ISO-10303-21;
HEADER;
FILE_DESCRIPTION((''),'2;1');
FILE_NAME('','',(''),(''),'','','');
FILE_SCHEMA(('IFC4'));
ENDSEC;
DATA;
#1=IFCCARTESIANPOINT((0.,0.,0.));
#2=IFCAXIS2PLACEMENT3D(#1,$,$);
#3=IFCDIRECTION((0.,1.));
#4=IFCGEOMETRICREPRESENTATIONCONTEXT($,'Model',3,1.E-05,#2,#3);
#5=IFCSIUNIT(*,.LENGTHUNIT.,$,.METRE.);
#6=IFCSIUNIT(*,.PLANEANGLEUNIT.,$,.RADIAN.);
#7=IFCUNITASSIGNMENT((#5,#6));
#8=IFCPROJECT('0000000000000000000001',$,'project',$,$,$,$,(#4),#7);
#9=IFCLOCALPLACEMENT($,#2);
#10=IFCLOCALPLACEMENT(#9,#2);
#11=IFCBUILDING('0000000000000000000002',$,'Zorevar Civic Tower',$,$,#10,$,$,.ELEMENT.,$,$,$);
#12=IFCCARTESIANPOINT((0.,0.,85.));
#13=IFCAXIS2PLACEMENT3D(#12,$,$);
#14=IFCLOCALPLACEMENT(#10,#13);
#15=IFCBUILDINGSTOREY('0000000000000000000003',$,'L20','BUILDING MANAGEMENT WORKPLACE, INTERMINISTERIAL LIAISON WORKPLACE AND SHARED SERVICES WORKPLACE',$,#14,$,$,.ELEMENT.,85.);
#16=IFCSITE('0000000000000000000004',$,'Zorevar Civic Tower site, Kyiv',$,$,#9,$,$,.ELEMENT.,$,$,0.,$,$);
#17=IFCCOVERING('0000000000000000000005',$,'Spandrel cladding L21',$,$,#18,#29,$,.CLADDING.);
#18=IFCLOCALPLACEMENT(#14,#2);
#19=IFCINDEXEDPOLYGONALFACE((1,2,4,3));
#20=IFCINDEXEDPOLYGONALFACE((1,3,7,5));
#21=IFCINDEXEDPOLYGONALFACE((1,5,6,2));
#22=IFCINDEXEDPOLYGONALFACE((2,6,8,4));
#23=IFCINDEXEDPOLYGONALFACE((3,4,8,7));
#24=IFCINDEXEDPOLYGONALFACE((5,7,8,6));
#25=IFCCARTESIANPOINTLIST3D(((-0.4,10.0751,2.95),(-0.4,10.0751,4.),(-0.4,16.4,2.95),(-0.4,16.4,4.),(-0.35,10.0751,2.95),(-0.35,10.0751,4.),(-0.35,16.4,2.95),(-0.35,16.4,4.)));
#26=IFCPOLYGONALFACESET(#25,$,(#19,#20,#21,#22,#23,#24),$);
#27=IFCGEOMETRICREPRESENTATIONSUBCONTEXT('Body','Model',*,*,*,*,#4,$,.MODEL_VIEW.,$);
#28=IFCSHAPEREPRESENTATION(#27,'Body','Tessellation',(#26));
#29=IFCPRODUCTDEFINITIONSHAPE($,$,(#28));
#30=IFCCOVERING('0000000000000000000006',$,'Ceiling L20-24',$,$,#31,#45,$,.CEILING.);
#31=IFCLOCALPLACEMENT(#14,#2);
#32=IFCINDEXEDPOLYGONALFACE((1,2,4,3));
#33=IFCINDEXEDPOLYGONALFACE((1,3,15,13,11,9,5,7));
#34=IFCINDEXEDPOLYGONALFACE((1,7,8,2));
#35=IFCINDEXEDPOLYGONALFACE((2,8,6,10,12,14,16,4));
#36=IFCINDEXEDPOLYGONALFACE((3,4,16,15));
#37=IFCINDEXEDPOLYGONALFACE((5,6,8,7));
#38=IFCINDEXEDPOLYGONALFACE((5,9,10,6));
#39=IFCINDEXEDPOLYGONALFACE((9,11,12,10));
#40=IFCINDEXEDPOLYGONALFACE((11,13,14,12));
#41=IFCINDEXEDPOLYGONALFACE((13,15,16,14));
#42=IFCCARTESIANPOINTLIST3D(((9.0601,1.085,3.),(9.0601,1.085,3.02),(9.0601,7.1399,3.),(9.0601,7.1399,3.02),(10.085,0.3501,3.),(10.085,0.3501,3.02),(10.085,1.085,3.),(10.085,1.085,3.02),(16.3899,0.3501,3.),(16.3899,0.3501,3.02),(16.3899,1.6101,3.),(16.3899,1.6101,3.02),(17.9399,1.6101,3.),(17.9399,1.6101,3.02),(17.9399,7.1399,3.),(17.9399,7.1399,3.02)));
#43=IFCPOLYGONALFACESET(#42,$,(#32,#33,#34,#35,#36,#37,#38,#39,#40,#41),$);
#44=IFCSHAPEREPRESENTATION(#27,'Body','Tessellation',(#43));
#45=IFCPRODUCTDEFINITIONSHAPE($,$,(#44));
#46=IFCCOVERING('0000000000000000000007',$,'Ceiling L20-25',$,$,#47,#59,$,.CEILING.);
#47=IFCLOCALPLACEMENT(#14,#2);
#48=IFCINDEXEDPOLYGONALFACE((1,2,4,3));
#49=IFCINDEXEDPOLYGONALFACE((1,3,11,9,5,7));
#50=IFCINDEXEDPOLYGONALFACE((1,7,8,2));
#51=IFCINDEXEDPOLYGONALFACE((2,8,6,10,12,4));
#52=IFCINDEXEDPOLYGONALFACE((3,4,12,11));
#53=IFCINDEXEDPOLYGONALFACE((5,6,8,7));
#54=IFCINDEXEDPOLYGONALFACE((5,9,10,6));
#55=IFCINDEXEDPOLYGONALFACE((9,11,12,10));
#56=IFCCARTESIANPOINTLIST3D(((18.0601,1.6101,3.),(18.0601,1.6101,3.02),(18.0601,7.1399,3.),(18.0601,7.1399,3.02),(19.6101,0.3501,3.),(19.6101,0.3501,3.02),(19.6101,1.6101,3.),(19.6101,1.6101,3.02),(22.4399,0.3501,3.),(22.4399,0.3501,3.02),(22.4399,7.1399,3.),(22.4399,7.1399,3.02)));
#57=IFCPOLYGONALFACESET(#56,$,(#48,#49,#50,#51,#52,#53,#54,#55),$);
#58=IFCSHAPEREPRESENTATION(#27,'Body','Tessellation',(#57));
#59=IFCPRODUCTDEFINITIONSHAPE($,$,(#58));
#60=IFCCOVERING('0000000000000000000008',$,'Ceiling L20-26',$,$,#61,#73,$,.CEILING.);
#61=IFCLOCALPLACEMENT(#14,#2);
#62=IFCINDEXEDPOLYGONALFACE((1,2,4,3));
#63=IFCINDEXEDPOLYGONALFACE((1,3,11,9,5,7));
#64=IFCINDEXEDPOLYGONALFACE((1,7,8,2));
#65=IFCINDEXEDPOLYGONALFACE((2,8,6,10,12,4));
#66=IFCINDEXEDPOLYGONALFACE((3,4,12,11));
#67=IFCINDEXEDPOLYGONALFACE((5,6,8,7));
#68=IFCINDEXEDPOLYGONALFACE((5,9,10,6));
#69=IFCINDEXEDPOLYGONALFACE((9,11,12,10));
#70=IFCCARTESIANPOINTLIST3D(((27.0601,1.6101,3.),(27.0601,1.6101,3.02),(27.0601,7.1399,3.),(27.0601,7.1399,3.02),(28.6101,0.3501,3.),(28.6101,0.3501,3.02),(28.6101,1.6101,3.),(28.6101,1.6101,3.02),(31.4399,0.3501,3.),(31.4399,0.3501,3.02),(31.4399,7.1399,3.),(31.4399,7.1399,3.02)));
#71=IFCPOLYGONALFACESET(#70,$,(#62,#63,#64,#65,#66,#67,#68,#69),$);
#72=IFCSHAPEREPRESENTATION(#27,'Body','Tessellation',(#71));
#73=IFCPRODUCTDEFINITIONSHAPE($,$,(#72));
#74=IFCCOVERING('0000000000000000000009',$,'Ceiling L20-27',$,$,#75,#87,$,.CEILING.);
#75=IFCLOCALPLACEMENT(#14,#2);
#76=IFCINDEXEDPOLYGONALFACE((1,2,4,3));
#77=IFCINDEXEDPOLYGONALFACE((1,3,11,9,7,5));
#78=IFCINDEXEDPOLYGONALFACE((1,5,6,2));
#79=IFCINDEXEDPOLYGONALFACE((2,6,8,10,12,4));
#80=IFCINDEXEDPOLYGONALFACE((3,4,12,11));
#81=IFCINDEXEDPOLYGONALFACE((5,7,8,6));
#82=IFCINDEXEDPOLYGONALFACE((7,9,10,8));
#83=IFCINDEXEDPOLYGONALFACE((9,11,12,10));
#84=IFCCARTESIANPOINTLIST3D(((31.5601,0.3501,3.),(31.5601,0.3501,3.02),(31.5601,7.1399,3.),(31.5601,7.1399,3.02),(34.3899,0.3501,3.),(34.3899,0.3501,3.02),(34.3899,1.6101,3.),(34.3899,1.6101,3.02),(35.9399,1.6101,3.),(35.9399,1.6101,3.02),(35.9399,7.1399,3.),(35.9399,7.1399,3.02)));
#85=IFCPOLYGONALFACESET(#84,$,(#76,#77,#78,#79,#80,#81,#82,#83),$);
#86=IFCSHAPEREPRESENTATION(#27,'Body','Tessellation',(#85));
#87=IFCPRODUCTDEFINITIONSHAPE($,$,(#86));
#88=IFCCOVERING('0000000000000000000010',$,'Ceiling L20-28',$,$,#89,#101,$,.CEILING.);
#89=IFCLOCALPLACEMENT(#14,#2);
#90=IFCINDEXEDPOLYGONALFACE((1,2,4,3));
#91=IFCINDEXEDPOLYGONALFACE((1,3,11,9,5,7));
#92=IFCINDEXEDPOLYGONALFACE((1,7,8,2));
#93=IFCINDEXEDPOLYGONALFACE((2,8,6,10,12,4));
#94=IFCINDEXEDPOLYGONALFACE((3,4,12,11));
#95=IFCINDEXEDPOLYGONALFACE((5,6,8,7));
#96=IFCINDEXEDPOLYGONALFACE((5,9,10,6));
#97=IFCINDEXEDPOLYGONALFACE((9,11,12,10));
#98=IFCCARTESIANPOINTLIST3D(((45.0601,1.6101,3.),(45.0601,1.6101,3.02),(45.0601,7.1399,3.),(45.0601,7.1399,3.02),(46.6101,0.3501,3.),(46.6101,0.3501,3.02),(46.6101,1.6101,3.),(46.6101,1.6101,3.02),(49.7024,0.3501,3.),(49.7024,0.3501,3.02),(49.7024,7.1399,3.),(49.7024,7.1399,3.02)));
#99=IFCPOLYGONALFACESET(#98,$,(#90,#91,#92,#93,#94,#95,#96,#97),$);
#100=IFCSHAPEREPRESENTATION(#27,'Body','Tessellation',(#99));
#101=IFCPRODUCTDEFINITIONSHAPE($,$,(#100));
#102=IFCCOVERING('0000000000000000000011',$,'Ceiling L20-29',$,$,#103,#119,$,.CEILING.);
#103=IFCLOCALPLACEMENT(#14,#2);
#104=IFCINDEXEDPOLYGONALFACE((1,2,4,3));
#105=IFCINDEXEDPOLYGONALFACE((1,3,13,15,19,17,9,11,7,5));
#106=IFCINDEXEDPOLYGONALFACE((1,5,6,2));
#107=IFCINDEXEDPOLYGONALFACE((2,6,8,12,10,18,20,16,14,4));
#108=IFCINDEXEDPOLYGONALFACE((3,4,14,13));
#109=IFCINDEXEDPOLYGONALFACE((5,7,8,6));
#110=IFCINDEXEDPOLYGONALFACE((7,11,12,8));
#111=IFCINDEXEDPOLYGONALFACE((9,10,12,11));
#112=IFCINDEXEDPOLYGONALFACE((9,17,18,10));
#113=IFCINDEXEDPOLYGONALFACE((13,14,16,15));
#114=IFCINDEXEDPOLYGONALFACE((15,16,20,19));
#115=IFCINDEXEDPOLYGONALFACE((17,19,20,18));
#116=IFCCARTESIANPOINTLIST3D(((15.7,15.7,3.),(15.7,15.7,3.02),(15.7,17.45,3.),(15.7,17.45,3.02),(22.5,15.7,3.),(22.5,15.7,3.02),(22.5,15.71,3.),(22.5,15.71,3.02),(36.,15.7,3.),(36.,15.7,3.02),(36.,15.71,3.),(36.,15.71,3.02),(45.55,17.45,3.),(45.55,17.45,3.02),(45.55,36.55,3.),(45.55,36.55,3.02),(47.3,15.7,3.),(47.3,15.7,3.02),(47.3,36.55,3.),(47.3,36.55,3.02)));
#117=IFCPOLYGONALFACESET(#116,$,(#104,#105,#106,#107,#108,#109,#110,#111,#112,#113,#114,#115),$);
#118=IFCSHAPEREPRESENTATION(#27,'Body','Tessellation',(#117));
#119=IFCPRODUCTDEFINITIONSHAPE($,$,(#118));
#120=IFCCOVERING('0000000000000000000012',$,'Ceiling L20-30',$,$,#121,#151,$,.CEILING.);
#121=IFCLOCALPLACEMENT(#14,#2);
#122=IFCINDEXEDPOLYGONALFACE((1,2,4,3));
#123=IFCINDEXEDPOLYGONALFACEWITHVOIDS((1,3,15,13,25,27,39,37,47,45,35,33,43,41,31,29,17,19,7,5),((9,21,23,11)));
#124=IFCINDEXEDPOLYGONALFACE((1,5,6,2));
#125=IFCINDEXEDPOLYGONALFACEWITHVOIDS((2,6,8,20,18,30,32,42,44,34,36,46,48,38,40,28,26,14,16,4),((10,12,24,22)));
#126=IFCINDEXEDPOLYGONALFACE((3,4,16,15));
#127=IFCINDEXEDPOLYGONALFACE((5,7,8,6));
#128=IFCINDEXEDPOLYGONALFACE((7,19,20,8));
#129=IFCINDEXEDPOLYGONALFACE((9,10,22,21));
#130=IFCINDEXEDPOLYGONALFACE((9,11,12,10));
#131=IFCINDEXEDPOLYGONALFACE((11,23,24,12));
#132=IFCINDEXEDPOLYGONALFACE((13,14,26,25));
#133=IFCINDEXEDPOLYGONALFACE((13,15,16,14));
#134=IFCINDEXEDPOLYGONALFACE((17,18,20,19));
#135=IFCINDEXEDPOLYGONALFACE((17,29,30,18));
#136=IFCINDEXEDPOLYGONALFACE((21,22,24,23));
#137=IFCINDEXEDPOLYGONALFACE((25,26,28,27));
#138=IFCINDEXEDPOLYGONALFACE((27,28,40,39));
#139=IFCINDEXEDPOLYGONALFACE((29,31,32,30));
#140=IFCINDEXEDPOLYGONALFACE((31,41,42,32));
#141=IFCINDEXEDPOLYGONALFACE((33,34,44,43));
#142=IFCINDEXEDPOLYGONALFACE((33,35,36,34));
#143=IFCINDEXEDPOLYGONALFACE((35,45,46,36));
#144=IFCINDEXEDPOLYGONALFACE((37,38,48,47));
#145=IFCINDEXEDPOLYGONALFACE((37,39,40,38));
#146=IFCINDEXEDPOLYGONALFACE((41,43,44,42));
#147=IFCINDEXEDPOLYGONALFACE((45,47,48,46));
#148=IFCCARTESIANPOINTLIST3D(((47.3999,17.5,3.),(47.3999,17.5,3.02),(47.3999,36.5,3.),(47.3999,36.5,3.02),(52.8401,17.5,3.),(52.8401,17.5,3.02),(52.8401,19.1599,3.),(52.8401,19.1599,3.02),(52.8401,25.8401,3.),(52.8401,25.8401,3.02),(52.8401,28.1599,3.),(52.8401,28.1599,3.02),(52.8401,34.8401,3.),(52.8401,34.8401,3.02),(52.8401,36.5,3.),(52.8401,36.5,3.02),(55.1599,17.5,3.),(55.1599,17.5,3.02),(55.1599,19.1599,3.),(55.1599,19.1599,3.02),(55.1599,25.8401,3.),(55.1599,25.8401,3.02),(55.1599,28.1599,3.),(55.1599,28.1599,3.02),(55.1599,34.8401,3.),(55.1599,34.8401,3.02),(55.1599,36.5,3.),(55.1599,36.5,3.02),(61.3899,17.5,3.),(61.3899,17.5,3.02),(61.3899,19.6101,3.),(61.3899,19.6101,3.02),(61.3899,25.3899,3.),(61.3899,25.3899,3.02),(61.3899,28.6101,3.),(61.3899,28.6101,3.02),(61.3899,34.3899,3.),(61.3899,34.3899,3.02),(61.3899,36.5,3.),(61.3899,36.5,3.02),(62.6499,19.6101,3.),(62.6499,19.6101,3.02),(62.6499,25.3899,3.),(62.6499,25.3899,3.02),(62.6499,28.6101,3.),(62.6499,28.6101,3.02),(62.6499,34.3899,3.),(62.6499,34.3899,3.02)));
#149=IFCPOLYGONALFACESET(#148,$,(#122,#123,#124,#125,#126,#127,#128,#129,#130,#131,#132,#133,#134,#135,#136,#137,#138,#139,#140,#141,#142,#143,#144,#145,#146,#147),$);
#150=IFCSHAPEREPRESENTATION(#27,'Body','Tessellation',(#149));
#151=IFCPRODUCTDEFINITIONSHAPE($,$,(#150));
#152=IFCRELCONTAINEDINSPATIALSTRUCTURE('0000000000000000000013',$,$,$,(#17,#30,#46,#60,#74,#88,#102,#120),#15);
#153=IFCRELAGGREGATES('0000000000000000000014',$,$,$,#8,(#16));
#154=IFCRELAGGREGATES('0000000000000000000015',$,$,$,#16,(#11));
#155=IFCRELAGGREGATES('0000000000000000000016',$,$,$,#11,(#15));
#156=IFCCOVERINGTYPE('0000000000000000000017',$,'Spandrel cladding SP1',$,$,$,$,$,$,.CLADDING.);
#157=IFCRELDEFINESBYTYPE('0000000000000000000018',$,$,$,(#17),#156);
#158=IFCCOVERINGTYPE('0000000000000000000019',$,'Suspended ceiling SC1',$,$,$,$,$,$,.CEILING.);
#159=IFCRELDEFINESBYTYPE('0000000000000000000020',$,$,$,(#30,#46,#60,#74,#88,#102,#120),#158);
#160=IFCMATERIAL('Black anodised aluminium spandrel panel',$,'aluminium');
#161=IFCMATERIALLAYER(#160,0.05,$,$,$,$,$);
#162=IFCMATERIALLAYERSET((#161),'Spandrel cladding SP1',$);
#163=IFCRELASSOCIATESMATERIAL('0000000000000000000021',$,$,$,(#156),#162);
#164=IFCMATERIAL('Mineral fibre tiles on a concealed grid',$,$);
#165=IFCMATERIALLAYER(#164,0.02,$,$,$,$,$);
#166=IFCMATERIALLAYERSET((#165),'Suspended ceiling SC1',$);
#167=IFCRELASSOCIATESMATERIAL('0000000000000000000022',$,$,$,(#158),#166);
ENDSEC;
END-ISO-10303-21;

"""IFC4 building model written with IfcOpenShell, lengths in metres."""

from ifc_helpers import new_model, si_unit, direction, frame, frame_2d, origin, place, context, subcontext, project, spatial, polyline, rectangle, outline, extrude, material, layer, layer_set, type_object, element, save


model = new_model("IFC4")

# Units and contexts
model_context = context("Model", 3, precision=1e-05, world=origin(), true_north=direction((0.0, 1.0)))
body_context = subcontext(model_context, "Body", "Model", "MODEL_VIEW")
ifc_project = project(units=[si_unit("LENGTHUNIT", "METRE"), si_unit("PLANEANGLEUNIT", "RADIAN")], contexts=[model_context])

# Site, building, storey
site_placement = place(None, origin())
site = spatial("IfcSite", under=ifc_project, at=site_placement, Name="Zorevar Civic Tower site, Kyiv", CompositionType="ELEMENT", RefElevation=0.0)
building_placement = place(site_placement, origin())
building = spatial("IfcBuilding", under=site, at=building_placement, Name="Zorevar Civic Tower", CompositionType="ELEMENT")
storey_placement = place(building_placement, frame((0.0, 0.0, 85.0)))
storey = spatial("IfcBuildingStorey", under=building, at=storey_placement, Name="L20", Description="BUILDING MANAGEMENT WORKPLACE, INTERMINISTERIAL LIAISON WORKPLACE AND SHARED SERVICES WORKPLACE", CompositionType="ELEMENT", Elevation=85.0)

# Coverings
ifc_material_1 = material(Name="Black anodised aluminium spandrel panel", Category="aluminium")
ifc_layer_1 = layer(ifc_material_1, 0.05)
ifc_layer_set_1 = layer_set([ifc_layer_1], Name="Spandrel cladding SP1")
covering_type_1 = type_object("IfcCoveringType", Name="Spandrel cladding SP1", PredefinedType="CLADDING", material=ifc_layer_set_1)
covering_1_placement = place(storey_placement, frame((-0.375, 10.075, 2.95), z_axis=(0.0, 0.0, 1.0), x_axis=(0.0, 1.0, 0.0)))
element("IfcCovering", 1, at=covering_1_placement, inside=storey, type_object=covering_type_1, Name="Spandrel cladding L21", PredefinedType="CLADDING", context=body_context, shape_type="SweptSolid", body=[
    extrude(rectangle(XDim=6.325, YDim=0.05, at=frame_2d((3.1626, 0.0))), origin(), (0.0, 0.0, 1.0), 1.05),
])
ifc_material_2 = material(Name="Mineral fibre tiles on a concealed grid")
ifc_layer_2 = layer(ifc_material_2, 0.02)
ifc_layer_set_2 = layer_set([ifc_layer_2], Name="Suspended ceiling SC1")
covering_type_2 = type_object("IfcCoveringType", Name="Suspended ceiling SC1", PredefinedType="CEILING", material=ifc_layer_set_2)
covering_2_placement = place(storey_placement, frame((0.0, 0.0, 3.0)))
element("IfcCovering", 2, at=covering_2_placement, inside=storey, type_object=covering_type_2, Name="Ceiling L20-24", PredefinedType="CEILING", context=body_context, shape_type="SweptSolid", body=[
    extrude(outline(polyline([(10.085, 0.3501), (10.085, 1.085), (9.0601, 1.085), (9.0601, 7.1399), (17.9399, 7.1399), (17.9399, 1.6101), (16.3899, 1.6101), (16.3899, 0.3501), (10.085, 0.3501)])), origin(), (0.0, 0.0, 1.0), 0.02),
])
covering_3_placement = place(storey_placement, frame((0.0, 0.0, 3.0)))
element("IfcCovering", 3, at=covering_3_placement, inside=storey, type_object=covering_type_2, Name="Ceiling L20-25", PredefinedType="CEILING", context=body_context, shape_type="SweptSolid", body=[
    extrude(outline(polyline([(22.4399, 7.1399), (22.4399, 0.3501), (19.6101, 0.3501), (19.6101, 1.6101), (18.0601, 1.6101), (18.0601, 7.1399), (22.4399, 7.1399)])), origin(), (0.0, 0.0, 1.0), 0.02),
])
covering_4_placement = place(storey_placement, frame((0.0, 0.0, 3.0)))
element("IfcCovering", 4, at=covering_4_placement, inside=storey, type_object=covering_type_2, Name="Ceiling L20-26", PredefinedType="CEILING", context=body_context, shape_type="SweptSolid", body=[
    extrude(outline(polyline([(31.4399, 7.1399), (31.4399, 0.3501), (28.6101, 0.3501), (28.6101, 1.6101), (27.0601, 1.6101), (27.0601, 7.1399), (31.4399, 7.1399)])), origin(), (0.0, 0.0, 1.0), 0.02),
])
covering_5_placement = place(storey_placement, frame((0.0, 0.0, 3.0)))
element("IfcCovering", 5, at=covering_5_placement, inside=storey, type_object=covering_type_2, Name="Ceiling L20-27", PredefinedType="CEILING", context=body_context, shape_type="SweptSolid", body=[
    extrude(outline(polyline([(35.9399, 7.1399), (35.9399, 1.6101), (34.3899, 1.6101), (34.3899, 0.3501), (31.5601, 0.3501), (31.5601, 7.1399), (35.9399, 7.1399)])), origin(), (0.0, 0.0, 1.0), 0.02),
])
covering_6_placement = place(storey_placement, frame((0.0, 0.0, 3.0)))
element("IfcCovering", 6, at=covering_6_placement, inside=storey, type_object=covering_type_2, Name="Ceiling L20-28", PredefinedType="CEILING", context=body_context, shape_type="SweptSolid", body=[
    extrude(outline(polyline([(49.7024, 7.1399), (49.7024, 0.3501), (46.6101, 0.3501), (46.6101, 1.6101), (45.0601, 1.6101), (45.0601, 7.1399), (49.7024, 7.1399)])), origin(), (0.0, 0.0, 1.0), 0.02),
])
covering_7_placement = place(storey_placement, frame((0.0, 0.0, 3.0)))
element("IfcCovering", 7, at=covering_7_placement, inside=storey, type_object=covering_type_2, Name="Ceiling L20-29", PredefinedType="CEILING", context=body_context, shape_type="SweptSolid", body=[
    extrude(outline(polyline([(47.3, 15.7), (36.0, 15.7), (36.0, 15.71), (22.5, 15.71), (22.5, 15.7), (15.7, 15.7), (15.7, 17.45), (45.55, 17.45), (45.55, 36.55), (47.3, 36.55), (47.3, 15.7)])), origin(), (0.0, 0.0, 1.0), 0.02),
])
covering_8_placement = place(storey_placement, frame((0.0, 0.0, 3.0)))
element("IfcCovering", 8, at=covering_8_placement, inside=storey, type_object=covering_type_2, Name="Ceiling L20-30", PredefinedType="CEILING", context=body_context, shape_type="SweptSolid", body=[
    extrude(outline(polyline([(62.6499, 28.6101), (61.3899, 28.6101), (61.3899, 25.3899), (62.6499, 25.3899), (62.6499, 19.6101), (61.3899, 19.6101), (61.3899, 17.5), (55.1599, 17.5), (55.1599, 19.1599), (52.8401, 19.1599), (52.8401, 17.5), (47.3999, 17.5), (47.3999, 36.5), (52.8401, 36.5), (52.8401, 34.8401), (55.1599, 34.8401), (55.1599, 36.5), (61.3899, 36.5), (61.3899, 34.3899), (62.6499, 34.3899), (62.6499, 28.6101)]), holes=[polyline([(55.1599, 28.1599), (52.8401, 28.1599), (52.8401, 25.8401), (55.1599, 25.8401), (55.1599, 28.1599)])]), origin(), (0.0, 0.0, 1.0), 0.02),
])

save(model, "model.ifc")
